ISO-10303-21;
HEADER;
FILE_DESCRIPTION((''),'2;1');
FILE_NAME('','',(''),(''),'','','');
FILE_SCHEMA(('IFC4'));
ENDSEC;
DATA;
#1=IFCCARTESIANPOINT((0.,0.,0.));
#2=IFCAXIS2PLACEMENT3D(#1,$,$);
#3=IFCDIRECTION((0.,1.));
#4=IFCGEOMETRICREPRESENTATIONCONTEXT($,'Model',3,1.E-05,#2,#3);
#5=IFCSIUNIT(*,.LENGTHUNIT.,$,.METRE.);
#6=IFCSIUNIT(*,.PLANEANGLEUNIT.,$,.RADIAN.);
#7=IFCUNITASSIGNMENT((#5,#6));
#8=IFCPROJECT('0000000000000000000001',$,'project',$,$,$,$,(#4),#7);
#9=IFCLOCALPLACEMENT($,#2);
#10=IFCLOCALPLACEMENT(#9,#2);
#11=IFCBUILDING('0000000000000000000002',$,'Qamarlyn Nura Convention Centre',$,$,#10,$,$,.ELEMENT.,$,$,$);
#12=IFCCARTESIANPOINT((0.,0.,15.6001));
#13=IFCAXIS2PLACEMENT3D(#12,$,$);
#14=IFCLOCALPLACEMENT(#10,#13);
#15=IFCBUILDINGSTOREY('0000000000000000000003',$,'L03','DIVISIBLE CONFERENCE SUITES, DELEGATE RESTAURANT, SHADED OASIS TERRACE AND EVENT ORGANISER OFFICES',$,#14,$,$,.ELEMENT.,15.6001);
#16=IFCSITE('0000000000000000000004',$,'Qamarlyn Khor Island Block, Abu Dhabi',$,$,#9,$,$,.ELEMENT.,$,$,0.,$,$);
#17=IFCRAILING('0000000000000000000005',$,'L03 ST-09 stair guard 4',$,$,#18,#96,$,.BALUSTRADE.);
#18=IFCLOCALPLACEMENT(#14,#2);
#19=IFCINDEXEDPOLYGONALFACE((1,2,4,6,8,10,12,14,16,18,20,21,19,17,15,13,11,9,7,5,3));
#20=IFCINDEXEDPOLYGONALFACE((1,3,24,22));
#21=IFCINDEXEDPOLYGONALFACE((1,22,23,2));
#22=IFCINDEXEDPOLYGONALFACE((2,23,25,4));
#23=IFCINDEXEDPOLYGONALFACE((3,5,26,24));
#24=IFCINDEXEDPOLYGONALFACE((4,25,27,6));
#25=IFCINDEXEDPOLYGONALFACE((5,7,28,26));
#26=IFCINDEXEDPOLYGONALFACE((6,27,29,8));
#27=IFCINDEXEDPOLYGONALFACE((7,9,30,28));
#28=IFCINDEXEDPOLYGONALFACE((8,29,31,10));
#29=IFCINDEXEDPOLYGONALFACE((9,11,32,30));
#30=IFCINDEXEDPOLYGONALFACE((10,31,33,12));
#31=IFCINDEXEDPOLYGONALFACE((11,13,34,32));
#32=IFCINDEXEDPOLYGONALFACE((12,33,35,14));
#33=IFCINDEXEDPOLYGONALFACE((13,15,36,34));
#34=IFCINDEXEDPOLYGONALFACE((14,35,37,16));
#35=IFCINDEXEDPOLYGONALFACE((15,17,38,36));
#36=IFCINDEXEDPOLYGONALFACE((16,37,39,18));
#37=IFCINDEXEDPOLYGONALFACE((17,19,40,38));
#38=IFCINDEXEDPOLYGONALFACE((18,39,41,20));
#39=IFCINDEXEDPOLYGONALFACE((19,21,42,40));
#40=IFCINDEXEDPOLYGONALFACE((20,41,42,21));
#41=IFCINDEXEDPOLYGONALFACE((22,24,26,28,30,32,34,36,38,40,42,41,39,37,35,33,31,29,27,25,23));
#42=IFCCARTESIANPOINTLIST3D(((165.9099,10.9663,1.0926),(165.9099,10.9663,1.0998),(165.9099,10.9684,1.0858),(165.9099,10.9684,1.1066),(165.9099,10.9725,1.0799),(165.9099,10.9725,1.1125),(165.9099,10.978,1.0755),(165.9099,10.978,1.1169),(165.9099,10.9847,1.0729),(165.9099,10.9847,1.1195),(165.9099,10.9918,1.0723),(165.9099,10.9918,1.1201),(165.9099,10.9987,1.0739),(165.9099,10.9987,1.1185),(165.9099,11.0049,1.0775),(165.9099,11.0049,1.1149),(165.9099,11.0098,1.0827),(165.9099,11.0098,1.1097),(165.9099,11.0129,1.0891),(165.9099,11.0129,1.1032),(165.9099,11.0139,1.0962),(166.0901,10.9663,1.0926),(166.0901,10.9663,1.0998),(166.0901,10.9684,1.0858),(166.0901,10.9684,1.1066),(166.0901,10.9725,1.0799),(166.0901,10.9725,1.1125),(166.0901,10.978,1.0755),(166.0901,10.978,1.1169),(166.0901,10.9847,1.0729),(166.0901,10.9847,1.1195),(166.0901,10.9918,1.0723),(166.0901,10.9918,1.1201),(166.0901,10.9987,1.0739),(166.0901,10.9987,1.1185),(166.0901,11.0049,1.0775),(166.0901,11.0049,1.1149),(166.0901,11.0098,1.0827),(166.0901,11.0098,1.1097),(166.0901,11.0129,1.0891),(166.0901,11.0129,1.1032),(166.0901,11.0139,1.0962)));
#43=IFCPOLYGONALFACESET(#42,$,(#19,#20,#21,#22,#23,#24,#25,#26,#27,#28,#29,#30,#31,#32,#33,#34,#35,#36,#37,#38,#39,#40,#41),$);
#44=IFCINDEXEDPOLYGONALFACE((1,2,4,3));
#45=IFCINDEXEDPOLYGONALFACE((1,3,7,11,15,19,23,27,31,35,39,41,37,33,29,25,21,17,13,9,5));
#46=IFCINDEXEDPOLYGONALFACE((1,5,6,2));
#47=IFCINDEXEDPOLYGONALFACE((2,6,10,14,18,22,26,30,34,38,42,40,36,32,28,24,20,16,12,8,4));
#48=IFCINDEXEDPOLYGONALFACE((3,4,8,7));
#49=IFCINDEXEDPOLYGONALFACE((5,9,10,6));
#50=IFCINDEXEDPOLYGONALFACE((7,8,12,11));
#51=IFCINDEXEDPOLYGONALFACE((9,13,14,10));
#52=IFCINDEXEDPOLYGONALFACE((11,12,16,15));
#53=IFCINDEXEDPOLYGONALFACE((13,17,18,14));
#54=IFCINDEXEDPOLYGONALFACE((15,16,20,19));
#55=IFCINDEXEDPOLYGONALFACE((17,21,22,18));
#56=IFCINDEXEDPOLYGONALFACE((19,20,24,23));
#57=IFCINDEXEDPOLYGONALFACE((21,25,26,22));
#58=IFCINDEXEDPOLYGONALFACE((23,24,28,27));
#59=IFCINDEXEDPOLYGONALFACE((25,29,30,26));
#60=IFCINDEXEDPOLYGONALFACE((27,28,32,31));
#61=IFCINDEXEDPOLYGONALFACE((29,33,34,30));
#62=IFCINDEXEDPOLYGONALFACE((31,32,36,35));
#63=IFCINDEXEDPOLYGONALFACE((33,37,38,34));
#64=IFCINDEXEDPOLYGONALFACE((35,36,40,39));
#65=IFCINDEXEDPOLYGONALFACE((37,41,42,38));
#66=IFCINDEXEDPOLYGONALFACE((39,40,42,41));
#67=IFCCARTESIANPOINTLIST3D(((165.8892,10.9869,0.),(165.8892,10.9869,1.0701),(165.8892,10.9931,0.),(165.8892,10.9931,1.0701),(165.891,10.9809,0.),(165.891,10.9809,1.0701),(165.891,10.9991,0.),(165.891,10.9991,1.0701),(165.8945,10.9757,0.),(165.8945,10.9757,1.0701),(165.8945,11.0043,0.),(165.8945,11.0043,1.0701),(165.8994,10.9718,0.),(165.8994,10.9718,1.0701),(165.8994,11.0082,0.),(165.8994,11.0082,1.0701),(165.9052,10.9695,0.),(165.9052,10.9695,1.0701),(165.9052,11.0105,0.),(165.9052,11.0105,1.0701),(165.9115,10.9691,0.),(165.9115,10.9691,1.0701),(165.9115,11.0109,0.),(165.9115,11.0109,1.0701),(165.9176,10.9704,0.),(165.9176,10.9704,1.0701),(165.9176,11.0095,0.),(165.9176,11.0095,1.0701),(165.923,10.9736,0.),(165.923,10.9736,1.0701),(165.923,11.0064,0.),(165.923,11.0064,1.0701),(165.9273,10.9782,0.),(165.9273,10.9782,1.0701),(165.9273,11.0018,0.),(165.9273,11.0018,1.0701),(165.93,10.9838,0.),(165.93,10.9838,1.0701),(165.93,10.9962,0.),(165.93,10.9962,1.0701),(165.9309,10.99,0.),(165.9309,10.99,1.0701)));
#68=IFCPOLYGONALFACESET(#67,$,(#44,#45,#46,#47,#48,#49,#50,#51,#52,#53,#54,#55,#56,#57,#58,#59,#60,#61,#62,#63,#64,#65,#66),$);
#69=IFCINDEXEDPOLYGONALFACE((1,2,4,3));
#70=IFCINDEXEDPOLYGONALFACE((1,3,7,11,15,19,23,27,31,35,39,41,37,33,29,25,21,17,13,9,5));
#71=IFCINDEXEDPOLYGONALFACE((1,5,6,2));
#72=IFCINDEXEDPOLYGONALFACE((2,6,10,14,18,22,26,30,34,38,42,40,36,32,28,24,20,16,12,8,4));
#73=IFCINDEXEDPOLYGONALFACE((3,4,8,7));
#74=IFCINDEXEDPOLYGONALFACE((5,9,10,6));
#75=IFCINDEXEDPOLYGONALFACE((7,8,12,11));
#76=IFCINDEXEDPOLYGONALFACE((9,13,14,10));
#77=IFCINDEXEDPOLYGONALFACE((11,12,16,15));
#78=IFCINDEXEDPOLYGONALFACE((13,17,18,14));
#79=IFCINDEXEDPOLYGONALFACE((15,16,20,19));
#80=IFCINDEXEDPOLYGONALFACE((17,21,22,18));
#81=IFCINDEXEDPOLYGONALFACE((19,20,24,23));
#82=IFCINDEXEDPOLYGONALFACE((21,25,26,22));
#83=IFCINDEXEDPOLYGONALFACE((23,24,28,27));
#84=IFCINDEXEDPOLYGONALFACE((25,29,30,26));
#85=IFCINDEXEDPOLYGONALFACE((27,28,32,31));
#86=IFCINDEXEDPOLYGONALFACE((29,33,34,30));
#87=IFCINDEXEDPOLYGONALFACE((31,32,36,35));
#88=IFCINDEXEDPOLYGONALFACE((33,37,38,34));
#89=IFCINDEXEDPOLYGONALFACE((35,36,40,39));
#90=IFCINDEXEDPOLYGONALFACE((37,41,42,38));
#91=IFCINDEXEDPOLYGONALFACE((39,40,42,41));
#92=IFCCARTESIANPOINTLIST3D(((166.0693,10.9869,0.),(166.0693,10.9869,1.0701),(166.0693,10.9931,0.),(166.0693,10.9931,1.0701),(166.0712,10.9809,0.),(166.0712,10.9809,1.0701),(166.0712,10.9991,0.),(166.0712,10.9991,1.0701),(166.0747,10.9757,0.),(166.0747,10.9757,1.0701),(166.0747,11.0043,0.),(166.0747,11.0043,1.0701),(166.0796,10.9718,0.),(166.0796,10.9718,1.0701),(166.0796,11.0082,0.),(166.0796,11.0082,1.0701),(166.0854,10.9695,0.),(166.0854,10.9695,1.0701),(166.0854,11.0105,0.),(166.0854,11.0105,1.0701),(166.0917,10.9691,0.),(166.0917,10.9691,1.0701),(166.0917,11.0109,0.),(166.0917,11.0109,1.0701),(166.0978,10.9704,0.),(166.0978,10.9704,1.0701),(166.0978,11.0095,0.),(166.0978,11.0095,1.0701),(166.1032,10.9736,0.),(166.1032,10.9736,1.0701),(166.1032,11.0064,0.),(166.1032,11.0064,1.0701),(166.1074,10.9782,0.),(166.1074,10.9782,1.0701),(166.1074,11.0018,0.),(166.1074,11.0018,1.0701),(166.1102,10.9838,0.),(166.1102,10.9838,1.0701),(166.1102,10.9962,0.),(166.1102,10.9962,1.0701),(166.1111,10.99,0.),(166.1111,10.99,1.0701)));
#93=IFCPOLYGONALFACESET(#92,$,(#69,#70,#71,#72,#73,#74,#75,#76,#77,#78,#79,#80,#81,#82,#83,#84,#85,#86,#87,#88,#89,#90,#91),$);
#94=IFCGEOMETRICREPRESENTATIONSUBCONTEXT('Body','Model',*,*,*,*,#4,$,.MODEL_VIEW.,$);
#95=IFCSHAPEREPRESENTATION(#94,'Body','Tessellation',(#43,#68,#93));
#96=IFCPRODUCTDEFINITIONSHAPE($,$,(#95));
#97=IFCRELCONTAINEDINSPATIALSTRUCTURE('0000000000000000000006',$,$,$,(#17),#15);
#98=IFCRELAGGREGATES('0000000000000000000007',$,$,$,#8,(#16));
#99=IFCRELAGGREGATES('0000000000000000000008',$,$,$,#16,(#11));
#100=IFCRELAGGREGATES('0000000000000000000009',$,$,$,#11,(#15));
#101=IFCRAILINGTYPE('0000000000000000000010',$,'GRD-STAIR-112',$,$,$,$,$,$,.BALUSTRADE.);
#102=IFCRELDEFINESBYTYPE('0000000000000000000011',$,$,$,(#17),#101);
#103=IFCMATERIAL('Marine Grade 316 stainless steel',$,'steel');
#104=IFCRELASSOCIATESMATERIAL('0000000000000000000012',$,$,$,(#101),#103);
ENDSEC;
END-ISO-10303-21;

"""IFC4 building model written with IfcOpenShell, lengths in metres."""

from ifc_helpers import new_model, si_unit, direction, frame, origin, origin_2d, place, context, subcontext, project, spatial, circle, extrude, material, type_object, element, save


model = new_model("IFC4")

# Units and contexts
model_context = context("Model", 3, precision=1e-05, world=origin(), true_north=direction((0.0, 1.0)))
body_context = subcontext(model_context, "Body", "Model", "MODEL_VIEW")
ifc_project = project(units=[si_unit("LENGTHUNIT", "METRE"), si_unit("PLANEANGLEUNIT", "RADIAN")], contexts=[model_context])

# Site, building, storey
site_placement = place(None, origin())
site = spatial("IfcSite", under=ifc_project, at=site_placement, Name="Qamarlyn Khor Island Block, Abu Dhabi", CompositionType="ELEMENT", RefElevation=0.0)
building_placement = place(site_placement, origin())
building = spatial("IfcBuilding", under=site, at=building_placement, Name="Qamarlyn Nura Convention Centre", CompositionType="ELEMENT")
storey_placement = place(building_placement, frame((0.0, 0.0, 15.6001)))
storey = spatial("IfcBuildingStorey", under=building, at=storey_placement, Name="L03", Description="DIVISIBLE CONFERENCE SUITES, DELEGATE RESTAURANT, SHADED OASIS TERRACE AND EVENT ORGANISER OFFICES", CompositionType="ELEMENT", Elevation=15.6001)

# Shared definitions
ifc_material_1 = material(Name="Marine Grade 316 stainless steel", Category="steel")

# Railing
railing_type_1 = type_object("IfcRailingType", Name="GRD-STAIR-112", PredefinedType="BALUSTRADE", material=ifc_material_1)
railing_1_placement = place(storey_placement, frame((165.9099, 10.99, 0.0)))
element("IfcRailing", 1, at=railing_1_placement, inside=storey, type_object=railing_type_1, Name="L03 ST-09 stair guard 4", PredefinedType="BALUSTRADE", context=body_context, shape_type="SweptSolid", body=[
    extrude(circle(Radius=0.0239, at=origin_2d()), frame((0.0, 0.0, 1.0962), z_axis=(1.0, 0.0, 0.0), x_axis=(0.0, 1.0, 0.0)), (0.0, 0.0, 1.0), 0.1802),
    extrude(circle(Radius=0.021, at=origin_2d()), origin(), (0.0, 0.0, 1.0), 1.0701),
    extrude(circle(Radius=0.021, at=origin_2d()), frame((0.1802, 0.0, 0.0)), (0.0, 0.0, 1.0), 1.0701),
])

save(model, "model.ifc")
